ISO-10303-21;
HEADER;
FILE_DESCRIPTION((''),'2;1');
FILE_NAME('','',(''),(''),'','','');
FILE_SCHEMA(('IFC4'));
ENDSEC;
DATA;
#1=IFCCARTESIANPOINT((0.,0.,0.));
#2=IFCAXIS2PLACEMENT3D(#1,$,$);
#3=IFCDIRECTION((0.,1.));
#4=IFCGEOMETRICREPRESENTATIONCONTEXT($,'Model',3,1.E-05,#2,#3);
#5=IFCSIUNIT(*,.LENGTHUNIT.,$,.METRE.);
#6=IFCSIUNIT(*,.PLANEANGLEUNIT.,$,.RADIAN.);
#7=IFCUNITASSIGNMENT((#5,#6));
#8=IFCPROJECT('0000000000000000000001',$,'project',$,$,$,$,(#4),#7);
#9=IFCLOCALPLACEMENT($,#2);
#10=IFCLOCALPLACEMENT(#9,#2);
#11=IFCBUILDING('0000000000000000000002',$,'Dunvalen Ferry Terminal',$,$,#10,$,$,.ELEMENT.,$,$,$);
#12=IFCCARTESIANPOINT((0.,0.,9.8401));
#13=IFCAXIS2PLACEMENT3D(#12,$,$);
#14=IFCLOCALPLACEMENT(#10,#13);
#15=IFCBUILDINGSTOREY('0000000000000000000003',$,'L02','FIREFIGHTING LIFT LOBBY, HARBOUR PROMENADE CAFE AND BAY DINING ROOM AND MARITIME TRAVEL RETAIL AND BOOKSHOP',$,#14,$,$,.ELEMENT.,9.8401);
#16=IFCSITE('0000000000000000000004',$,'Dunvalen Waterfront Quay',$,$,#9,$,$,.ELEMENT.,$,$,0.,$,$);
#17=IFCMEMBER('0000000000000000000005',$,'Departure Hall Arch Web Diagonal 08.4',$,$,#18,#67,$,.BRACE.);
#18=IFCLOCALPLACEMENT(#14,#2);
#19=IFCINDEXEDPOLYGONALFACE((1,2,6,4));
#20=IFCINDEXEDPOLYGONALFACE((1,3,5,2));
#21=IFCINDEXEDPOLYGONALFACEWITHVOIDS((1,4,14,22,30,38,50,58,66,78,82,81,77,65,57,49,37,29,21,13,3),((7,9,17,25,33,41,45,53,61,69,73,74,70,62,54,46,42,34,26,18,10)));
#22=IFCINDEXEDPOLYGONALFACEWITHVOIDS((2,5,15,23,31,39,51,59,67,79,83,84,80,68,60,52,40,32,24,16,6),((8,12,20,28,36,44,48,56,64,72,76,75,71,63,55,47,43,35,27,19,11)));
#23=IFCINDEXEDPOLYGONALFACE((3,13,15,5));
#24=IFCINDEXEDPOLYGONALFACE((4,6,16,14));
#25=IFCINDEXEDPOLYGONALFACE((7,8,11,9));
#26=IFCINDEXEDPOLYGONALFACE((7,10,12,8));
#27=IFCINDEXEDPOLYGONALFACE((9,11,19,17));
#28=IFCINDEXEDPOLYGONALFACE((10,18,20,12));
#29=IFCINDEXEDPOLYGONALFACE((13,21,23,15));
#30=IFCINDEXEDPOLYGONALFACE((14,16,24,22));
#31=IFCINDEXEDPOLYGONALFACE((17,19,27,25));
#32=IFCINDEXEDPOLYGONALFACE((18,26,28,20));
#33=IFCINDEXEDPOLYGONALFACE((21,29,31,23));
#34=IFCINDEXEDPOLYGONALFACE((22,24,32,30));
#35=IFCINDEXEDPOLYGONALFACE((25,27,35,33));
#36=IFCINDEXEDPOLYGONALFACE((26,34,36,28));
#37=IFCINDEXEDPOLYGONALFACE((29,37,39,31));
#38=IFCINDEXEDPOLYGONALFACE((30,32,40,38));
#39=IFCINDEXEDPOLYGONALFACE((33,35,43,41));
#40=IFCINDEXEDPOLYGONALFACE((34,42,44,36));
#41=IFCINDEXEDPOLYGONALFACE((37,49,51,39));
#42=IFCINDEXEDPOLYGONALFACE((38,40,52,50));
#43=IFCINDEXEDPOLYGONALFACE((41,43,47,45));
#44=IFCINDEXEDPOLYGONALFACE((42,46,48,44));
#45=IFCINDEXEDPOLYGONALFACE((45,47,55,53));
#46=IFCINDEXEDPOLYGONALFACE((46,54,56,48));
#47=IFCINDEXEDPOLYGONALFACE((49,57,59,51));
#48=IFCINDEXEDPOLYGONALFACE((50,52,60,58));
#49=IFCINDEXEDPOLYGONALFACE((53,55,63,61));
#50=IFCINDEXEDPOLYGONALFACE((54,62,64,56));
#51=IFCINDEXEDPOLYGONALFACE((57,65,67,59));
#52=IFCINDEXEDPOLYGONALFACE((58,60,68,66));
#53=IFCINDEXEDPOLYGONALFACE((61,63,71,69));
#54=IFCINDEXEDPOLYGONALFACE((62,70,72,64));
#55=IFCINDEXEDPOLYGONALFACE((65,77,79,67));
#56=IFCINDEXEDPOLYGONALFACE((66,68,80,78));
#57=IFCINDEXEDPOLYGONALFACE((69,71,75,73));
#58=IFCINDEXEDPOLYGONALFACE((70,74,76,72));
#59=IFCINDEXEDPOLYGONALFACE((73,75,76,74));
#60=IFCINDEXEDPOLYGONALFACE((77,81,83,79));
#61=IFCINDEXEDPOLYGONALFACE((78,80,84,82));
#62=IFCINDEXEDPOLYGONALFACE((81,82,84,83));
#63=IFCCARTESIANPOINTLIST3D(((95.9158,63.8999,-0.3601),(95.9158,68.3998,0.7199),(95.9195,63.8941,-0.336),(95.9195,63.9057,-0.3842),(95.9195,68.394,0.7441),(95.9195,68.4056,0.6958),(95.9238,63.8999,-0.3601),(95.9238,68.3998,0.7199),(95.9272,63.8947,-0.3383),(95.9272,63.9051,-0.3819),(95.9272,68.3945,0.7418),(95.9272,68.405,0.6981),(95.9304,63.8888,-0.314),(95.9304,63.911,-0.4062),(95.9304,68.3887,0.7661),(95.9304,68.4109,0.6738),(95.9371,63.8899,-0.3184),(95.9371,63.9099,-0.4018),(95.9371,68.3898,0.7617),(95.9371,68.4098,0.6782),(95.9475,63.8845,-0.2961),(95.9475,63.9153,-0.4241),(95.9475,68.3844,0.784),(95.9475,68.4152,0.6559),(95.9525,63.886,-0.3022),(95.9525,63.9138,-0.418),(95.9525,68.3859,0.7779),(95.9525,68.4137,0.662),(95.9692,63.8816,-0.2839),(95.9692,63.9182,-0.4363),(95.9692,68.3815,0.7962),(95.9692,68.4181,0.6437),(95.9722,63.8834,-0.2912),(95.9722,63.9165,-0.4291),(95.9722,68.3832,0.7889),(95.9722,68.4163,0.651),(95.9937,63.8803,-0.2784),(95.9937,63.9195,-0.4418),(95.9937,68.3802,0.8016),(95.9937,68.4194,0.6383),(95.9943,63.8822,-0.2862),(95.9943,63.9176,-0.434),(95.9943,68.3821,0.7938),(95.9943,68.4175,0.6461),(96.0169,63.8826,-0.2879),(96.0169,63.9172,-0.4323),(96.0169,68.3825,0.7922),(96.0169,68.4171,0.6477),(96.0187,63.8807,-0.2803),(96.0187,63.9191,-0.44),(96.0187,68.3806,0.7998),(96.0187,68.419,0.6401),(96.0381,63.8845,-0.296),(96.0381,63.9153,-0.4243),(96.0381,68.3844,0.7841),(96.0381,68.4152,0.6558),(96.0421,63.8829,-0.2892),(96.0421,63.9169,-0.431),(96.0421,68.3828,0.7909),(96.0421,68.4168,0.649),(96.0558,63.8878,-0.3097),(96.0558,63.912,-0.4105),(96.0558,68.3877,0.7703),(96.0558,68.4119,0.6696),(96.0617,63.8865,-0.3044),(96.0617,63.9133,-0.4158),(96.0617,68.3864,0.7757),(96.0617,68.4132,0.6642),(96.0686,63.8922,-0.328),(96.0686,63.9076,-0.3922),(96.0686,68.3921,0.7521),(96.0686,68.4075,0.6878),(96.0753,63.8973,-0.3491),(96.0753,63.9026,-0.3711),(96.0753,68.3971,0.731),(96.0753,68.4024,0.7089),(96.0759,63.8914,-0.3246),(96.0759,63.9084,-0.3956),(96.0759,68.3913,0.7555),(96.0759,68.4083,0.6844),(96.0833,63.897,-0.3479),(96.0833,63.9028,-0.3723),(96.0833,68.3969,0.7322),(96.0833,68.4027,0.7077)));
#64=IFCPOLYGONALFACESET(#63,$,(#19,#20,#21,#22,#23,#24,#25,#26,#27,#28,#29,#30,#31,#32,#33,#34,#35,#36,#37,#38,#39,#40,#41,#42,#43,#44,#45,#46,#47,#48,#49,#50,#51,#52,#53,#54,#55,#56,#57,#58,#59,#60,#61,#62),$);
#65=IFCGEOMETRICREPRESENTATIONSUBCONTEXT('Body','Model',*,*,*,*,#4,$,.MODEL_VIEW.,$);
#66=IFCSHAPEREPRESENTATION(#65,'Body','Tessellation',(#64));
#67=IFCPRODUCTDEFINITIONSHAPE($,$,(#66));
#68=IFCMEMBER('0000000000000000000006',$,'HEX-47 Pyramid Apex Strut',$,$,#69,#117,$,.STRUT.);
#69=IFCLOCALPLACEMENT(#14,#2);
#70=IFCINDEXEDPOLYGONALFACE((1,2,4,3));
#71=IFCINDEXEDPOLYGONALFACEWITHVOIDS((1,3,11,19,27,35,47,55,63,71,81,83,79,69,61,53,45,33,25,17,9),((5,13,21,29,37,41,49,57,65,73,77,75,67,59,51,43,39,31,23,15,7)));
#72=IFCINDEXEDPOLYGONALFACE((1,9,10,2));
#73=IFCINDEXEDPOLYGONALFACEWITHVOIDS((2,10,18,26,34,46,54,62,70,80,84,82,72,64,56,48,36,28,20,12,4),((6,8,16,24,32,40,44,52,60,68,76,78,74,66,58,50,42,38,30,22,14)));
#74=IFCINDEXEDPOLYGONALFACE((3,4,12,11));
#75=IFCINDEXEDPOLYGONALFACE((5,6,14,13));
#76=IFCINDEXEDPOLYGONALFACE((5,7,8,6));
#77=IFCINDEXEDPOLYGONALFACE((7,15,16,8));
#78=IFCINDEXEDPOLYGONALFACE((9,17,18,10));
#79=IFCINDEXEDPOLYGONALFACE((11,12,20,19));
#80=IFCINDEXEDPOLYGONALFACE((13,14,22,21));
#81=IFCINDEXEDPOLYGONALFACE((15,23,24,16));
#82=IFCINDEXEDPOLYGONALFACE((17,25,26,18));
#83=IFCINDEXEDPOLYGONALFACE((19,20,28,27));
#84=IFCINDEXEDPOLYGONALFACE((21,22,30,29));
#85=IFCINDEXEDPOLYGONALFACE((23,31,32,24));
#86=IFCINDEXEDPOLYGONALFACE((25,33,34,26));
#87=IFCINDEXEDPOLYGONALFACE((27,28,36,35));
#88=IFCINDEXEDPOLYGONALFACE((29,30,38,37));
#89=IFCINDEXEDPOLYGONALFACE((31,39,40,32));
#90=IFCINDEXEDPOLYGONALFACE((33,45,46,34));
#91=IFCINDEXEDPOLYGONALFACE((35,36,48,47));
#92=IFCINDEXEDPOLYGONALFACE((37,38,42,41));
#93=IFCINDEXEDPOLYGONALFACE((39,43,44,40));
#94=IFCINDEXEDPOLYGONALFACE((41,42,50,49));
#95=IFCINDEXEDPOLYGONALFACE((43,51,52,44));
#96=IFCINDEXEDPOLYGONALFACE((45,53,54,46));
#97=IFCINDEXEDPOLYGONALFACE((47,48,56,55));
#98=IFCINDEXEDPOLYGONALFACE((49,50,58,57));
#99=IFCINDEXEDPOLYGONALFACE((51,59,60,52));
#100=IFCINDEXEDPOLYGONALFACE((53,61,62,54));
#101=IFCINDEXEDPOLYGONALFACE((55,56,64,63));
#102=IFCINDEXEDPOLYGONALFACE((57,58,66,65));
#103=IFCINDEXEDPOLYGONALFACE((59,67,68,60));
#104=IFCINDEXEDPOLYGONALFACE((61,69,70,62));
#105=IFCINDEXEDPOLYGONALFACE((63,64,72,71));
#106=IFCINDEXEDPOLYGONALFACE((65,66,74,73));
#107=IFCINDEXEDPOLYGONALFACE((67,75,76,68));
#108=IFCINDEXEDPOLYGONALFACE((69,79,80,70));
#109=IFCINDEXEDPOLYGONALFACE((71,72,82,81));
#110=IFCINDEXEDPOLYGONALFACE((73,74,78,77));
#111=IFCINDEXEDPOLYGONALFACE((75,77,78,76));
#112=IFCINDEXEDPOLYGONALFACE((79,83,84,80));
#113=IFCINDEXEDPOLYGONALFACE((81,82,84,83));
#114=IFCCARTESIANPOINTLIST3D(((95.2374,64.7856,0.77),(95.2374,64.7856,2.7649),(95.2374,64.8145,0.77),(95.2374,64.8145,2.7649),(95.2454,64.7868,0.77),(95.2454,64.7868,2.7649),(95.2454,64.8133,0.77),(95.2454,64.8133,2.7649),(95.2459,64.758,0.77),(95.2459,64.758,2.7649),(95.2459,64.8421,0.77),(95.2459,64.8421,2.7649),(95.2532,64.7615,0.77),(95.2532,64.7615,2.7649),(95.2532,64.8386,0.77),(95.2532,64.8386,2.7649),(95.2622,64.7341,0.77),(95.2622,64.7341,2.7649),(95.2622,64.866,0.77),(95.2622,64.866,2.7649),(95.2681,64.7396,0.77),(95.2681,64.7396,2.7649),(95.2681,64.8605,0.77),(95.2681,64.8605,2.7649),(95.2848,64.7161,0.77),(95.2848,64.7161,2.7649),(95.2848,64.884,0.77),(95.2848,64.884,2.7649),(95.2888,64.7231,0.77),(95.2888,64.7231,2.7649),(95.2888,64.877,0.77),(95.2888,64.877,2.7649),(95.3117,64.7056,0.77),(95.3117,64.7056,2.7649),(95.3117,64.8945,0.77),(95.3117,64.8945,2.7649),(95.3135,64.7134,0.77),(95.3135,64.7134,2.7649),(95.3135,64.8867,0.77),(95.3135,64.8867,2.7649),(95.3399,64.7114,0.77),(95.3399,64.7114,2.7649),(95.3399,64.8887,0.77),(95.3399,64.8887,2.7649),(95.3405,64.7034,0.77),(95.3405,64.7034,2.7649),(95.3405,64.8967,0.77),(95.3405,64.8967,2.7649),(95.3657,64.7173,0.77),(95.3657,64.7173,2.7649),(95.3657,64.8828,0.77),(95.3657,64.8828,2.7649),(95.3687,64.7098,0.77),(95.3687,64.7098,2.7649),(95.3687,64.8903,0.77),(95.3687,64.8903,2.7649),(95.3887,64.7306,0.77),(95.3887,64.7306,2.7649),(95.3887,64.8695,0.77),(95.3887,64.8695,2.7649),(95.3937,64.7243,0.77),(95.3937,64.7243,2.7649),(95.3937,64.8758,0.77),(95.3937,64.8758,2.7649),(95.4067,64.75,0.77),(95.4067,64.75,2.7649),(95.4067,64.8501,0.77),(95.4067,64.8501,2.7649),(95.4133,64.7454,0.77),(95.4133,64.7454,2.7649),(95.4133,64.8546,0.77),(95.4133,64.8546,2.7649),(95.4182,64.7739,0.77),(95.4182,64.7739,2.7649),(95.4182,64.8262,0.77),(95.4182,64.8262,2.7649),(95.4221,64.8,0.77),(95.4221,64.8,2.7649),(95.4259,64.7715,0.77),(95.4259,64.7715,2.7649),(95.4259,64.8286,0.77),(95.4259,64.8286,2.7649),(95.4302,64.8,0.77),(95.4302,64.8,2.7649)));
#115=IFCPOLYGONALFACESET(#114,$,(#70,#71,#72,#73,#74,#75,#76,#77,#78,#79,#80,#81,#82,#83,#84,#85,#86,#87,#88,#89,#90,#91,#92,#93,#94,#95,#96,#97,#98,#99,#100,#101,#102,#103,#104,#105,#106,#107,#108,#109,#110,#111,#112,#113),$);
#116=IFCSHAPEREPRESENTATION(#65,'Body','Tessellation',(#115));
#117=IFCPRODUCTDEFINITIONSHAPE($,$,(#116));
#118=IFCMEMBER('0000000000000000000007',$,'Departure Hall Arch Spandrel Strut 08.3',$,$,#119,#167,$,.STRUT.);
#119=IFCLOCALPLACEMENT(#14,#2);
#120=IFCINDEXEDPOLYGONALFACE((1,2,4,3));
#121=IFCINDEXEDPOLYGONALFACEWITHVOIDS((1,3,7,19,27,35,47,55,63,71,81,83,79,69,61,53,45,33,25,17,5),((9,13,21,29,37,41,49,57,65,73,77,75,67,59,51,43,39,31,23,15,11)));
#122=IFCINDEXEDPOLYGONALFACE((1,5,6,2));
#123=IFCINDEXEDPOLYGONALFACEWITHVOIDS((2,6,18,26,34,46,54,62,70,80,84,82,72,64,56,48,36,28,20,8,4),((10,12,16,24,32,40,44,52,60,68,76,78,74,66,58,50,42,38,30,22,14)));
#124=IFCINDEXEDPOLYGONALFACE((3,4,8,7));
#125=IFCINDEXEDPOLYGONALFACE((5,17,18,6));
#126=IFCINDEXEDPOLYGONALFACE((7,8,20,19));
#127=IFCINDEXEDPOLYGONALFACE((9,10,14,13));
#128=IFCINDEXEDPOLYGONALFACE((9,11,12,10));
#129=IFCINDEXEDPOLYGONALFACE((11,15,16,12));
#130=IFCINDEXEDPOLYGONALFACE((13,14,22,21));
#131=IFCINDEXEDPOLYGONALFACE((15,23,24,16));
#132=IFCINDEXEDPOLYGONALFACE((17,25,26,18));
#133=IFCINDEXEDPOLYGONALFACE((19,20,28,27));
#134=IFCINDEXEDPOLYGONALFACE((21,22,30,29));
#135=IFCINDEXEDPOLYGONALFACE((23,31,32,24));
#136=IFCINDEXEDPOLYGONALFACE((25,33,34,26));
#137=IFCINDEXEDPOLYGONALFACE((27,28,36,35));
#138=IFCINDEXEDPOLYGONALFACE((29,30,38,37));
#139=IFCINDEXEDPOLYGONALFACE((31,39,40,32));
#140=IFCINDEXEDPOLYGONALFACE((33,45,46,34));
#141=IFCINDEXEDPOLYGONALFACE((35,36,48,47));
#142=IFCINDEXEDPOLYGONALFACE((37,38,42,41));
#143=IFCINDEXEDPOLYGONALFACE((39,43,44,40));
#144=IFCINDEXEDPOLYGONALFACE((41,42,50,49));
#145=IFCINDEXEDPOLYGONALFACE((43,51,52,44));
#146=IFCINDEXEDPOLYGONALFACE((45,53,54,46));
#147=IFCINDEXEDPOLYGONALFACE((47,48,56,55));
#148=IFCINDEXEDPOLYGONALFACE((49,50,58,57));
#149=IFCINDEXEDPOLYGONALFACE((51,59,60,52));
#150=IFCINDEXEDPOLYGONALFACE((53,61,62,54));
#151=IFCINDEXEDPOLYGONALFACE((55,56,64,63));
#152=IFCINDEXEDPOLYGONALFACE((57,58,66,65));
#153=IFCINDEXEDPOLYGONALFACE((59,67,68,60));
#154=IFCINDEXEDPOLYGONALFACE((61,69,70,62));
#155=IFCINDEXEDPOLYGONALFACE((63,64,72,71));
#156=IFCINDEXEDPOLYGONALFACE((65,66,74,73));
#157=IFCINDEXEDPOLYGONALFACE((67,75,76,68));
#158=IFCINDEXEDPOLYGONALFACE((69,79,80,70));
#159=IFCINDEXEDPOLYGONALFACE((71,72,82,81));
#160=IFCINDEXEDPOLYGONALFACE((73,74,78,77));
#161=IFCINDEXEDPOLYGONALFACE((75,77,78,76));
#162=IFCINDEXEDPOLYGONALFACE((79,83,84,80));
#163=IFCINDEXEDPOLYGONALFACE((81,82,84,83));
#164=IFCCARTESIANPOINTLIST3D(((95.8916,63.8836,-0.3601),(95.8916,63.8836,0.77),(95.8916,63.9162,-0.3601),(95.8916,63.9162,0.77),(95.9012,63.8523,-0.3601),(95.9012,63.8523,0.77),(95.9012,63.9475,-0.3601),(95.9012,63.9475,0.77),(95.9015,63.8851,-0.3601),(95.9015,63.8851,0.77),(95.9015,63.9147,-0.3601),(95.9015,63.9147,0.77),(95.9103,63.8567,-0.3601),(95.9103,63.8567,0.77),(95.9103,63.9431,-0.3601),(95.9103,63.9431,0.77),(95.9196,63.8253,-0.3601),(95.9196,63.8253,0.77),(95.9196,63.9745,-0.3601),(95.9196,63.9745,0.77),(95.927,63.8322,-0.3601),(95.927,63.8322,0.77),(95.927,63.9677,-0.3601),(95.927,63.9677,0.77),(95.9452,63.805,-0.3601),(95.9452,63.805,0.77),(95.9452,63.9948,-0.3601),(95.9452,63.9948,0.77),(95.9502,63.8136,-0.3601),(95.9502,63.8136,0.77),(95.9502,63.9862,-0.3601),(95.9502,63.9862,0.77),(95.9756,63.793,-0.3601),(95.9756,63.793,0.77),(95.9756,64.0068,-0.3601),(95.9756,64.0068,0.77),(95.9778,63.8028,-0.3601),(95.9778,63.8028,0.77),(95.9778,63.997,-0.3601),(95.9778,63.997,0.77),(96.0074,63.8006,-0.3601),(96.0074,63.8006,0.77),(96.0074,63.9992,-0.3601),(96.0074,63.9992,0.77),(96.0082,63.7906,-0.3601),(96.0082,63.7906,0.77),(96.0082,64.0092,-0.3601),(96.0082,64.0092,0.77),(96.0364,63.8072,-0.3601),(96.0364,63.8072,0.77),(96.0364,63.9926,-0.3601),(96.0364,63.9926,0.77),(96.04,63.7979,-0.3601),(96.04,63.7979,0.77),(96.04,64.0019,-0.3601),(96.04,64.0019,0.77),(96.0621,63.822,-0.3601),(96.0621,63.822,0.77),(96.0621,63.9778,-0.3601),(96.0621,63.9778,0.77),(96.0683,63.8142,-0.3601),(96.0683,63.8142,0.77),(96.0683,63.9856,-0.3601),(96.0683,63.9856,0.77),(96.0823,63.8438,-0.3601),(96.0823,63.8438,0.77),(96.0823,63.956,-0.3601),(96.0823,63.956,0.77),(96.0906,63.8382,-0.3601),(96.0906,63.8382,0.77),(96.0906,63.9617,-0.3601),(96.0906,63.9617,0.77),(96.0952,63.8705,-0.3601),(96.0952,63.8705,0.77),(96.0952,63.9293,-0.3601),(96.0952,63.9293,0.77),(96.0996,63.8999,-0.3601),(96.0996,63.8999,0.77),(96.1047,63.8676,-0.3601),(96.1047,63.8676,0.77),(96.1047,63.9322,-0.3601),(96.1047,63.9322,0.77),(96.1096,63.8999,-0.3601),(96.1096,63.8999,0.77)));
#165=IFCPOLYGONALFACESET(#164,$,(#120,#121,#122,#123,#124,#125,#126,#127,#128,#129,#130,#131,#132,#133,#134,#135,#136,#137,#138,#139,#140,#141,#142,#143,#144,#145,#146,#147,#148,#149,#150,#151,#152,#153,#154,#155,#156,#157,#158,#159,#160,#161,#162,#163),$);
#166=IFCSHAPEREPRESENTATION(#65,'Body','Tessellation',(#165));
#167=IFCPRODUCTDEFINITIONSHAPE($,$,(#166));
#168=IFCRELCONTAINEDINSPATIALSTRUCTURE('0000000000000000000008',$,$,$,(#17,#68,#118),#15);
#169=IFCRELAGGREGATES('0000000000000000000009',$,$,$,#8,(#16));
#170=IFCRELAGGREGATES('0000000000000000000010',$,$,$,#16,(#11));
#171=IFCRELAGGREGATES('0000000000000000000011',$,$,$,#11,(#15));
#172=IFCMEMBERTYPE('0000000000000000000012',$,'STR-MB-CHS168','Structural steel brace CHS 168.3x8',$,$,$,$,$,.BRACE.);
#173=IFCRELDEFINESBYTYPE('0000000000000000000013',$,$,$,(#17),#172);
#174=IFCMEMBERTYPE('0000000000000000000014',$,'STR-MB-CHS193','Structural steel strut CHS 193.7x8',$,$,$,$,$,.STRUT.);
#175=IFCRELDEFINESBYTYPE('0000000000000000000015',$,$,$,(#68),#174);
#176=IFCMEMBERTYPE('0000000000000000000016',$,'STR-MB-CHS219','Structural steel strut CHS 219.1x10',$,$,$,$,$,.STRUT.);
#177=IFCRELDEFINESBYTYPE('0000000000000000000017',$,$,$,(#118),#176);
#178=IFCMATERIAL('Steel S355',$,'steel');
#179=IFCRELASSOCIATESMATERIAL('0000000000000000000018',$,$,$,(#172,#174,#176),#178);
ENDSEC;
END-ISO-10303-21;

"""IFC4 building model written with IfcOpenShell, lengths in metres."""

from ifc_helpers import new_model, si_unit, direction, frame, origin, origin_2d, place, context, subcontext, project, spatial, hollow_circle, extrude, material, material_profile, profile_set, type_object, element, save


model = new_model("IFC4")

# Units and contexts
model_context = context("Model", 3, precision=1e-05, world=origin(), true_north=direction((0.0, 1.0)))
body_context = subcontext(model_context, "Body", "Model", "MODEL_VIEW")
ifc_project = project(units=[si_unit("LENGTHUNIT", "METRE"), si_unit("PLANEANGLEUNIT", "RADIAN")], contexts=[model_context])

# Site, building, storey
site_placement = place(None, origin())
site = spatial("IfcSite", under=ifc_project, at=site_placement, Name="Dunvalen Waterfront Quay", CompositionType="ELEMENT", RefElevation=0.0)
building_placement = place(site_placement, origin())
building = spatial("IfcBuilding", under=site, at=building_placement, Name="Dunvalen Ferry Terminal", CompositionType="ELEMENT")
storey_placement = place(building_placement, frame((0.0, 0.0, 9.8401)))
storey = spatial("IfcBuildingStorey", under=building, at=storey_placement, Name="L02", Description="FIREFIGHTING LIFT LOBBY, HARBOUR PROMENADE CAFE AND BAY DINING ROOM AND MARITIME TRAVEL RETAIL AND BOOKSHOP", CompositionType="ELEMENT", Elevation=9.8401)

# Shared definitions
ifc_material_1 = material(Name="Steel S355", Category="steel")

# Members
ifc_material_profile_1 = material_profile(ifc_material_1, hollow_circle(Radius=0.0842, WallThickness=0.0081, at=origin_2d()), Name="Steel S355")
ifc_profile_set_1 = profile_set([ifc_material_profile_1], Name="Steel S355")
member_type_1 = type_object("IfcMemberType", Name="STR-MB-CHS168", Description="Structural steel brace CHS 168.3x8", PredefinedType="BRACE", material=ifc_profile_set_1)
member_1_placement = place(storey_placement, frame((96.0, 63.8999, -0.3601), z_axis=(0.0, 0.972383, 0.233389), x_axis=(-1.0, 0.0, 0.0)))
element("IfcMember", 1, at=member_1_placement, inside=storey, type_object=member_type_1, Name="Departure Hall Arch Web Diagonal 08.4", PredefinedType="BRACE", context=body_context, shape_type="SweptSolid", body=[
    extrude(hollow_circle(Radius=0.0842, WallThickness=0.0081, at=origin_2d()), origin(), (0.0, 0.0, 1.0), 4.6277),
])
ifc_material_profile_2 = material_profile(ifc_material_1, hollow_circle(Radius=0.0969, WallThickness=0.0081, at=origin_2d()), Name="Steel S355")
ifc_profile_set_2 = profile_set([ifc_material_profile_2], Name="Steel S355")
member_type_2 = type_object("IfcMemberType", Name="STR-MB-CHS193", Description="Structural steel strut CHS 193.7x8", PredefinedType="STRUT", material=ifc_profile_set_2)
member_2_placement = place(storey_placement, frame((95.3333, 64.8, 0.77), z_axis=(0.0, 0.0, 1.0), x_axis=(1.0, 0.0, 0.0)))
element("IfcMember", 2, at=member_2_placement, inside=storey, type_object=member_type_2, Name="HEX-47 Pyramid Apex Strut", PredefinedType="STRUT", context=body_context, shape_type="SweptSolid", body=[
    extrude(hollow_circle(Radius=0.0969, WallThickness=0.0081, at=origin_2d()), origin(), (0.0, 0.0, 1.0), 1.9949),
])
ifc_material_profile_3 = material_profile(ifc_material_1, hollow_circle(Radius=0.1096, WallThickness=0.01, at=origin_2d()), Name="Steel S355")
ifc_profile_set_3 = profile_set([ifc_material_profile_3], Name="Steel S355")
member_type_3 = type_object("IfcMemberType", Name="STR-MB-CHS219", Description="Structural steel strut CHS 219.1x10", PredefinedType="STRUT", material=ifc_profile_set_3)
member_3_placement = place(storey_placement, frame((96.0, 63.8999, -0.3601), z_axis=(0.0, 0.0, 1.0), x_axis=(1.0, 0.0, 0.0)))
element("IfcMember", 3, at=member_3_placement, inside=storey, type_object=member_type_3, Name="Departure Hall Arch Spandrel Strut 08.3", PredefinedType="STRUT", context=body_context, shape_type="SweptSolid", body=[
    extrude(hollow_circle(Radius=0.1096, WallThickness=0.01, at=origin_2d()), origin(), (0.0, 0.0, 1.0), 1.1301),
])

save(model, "model.ifc")
